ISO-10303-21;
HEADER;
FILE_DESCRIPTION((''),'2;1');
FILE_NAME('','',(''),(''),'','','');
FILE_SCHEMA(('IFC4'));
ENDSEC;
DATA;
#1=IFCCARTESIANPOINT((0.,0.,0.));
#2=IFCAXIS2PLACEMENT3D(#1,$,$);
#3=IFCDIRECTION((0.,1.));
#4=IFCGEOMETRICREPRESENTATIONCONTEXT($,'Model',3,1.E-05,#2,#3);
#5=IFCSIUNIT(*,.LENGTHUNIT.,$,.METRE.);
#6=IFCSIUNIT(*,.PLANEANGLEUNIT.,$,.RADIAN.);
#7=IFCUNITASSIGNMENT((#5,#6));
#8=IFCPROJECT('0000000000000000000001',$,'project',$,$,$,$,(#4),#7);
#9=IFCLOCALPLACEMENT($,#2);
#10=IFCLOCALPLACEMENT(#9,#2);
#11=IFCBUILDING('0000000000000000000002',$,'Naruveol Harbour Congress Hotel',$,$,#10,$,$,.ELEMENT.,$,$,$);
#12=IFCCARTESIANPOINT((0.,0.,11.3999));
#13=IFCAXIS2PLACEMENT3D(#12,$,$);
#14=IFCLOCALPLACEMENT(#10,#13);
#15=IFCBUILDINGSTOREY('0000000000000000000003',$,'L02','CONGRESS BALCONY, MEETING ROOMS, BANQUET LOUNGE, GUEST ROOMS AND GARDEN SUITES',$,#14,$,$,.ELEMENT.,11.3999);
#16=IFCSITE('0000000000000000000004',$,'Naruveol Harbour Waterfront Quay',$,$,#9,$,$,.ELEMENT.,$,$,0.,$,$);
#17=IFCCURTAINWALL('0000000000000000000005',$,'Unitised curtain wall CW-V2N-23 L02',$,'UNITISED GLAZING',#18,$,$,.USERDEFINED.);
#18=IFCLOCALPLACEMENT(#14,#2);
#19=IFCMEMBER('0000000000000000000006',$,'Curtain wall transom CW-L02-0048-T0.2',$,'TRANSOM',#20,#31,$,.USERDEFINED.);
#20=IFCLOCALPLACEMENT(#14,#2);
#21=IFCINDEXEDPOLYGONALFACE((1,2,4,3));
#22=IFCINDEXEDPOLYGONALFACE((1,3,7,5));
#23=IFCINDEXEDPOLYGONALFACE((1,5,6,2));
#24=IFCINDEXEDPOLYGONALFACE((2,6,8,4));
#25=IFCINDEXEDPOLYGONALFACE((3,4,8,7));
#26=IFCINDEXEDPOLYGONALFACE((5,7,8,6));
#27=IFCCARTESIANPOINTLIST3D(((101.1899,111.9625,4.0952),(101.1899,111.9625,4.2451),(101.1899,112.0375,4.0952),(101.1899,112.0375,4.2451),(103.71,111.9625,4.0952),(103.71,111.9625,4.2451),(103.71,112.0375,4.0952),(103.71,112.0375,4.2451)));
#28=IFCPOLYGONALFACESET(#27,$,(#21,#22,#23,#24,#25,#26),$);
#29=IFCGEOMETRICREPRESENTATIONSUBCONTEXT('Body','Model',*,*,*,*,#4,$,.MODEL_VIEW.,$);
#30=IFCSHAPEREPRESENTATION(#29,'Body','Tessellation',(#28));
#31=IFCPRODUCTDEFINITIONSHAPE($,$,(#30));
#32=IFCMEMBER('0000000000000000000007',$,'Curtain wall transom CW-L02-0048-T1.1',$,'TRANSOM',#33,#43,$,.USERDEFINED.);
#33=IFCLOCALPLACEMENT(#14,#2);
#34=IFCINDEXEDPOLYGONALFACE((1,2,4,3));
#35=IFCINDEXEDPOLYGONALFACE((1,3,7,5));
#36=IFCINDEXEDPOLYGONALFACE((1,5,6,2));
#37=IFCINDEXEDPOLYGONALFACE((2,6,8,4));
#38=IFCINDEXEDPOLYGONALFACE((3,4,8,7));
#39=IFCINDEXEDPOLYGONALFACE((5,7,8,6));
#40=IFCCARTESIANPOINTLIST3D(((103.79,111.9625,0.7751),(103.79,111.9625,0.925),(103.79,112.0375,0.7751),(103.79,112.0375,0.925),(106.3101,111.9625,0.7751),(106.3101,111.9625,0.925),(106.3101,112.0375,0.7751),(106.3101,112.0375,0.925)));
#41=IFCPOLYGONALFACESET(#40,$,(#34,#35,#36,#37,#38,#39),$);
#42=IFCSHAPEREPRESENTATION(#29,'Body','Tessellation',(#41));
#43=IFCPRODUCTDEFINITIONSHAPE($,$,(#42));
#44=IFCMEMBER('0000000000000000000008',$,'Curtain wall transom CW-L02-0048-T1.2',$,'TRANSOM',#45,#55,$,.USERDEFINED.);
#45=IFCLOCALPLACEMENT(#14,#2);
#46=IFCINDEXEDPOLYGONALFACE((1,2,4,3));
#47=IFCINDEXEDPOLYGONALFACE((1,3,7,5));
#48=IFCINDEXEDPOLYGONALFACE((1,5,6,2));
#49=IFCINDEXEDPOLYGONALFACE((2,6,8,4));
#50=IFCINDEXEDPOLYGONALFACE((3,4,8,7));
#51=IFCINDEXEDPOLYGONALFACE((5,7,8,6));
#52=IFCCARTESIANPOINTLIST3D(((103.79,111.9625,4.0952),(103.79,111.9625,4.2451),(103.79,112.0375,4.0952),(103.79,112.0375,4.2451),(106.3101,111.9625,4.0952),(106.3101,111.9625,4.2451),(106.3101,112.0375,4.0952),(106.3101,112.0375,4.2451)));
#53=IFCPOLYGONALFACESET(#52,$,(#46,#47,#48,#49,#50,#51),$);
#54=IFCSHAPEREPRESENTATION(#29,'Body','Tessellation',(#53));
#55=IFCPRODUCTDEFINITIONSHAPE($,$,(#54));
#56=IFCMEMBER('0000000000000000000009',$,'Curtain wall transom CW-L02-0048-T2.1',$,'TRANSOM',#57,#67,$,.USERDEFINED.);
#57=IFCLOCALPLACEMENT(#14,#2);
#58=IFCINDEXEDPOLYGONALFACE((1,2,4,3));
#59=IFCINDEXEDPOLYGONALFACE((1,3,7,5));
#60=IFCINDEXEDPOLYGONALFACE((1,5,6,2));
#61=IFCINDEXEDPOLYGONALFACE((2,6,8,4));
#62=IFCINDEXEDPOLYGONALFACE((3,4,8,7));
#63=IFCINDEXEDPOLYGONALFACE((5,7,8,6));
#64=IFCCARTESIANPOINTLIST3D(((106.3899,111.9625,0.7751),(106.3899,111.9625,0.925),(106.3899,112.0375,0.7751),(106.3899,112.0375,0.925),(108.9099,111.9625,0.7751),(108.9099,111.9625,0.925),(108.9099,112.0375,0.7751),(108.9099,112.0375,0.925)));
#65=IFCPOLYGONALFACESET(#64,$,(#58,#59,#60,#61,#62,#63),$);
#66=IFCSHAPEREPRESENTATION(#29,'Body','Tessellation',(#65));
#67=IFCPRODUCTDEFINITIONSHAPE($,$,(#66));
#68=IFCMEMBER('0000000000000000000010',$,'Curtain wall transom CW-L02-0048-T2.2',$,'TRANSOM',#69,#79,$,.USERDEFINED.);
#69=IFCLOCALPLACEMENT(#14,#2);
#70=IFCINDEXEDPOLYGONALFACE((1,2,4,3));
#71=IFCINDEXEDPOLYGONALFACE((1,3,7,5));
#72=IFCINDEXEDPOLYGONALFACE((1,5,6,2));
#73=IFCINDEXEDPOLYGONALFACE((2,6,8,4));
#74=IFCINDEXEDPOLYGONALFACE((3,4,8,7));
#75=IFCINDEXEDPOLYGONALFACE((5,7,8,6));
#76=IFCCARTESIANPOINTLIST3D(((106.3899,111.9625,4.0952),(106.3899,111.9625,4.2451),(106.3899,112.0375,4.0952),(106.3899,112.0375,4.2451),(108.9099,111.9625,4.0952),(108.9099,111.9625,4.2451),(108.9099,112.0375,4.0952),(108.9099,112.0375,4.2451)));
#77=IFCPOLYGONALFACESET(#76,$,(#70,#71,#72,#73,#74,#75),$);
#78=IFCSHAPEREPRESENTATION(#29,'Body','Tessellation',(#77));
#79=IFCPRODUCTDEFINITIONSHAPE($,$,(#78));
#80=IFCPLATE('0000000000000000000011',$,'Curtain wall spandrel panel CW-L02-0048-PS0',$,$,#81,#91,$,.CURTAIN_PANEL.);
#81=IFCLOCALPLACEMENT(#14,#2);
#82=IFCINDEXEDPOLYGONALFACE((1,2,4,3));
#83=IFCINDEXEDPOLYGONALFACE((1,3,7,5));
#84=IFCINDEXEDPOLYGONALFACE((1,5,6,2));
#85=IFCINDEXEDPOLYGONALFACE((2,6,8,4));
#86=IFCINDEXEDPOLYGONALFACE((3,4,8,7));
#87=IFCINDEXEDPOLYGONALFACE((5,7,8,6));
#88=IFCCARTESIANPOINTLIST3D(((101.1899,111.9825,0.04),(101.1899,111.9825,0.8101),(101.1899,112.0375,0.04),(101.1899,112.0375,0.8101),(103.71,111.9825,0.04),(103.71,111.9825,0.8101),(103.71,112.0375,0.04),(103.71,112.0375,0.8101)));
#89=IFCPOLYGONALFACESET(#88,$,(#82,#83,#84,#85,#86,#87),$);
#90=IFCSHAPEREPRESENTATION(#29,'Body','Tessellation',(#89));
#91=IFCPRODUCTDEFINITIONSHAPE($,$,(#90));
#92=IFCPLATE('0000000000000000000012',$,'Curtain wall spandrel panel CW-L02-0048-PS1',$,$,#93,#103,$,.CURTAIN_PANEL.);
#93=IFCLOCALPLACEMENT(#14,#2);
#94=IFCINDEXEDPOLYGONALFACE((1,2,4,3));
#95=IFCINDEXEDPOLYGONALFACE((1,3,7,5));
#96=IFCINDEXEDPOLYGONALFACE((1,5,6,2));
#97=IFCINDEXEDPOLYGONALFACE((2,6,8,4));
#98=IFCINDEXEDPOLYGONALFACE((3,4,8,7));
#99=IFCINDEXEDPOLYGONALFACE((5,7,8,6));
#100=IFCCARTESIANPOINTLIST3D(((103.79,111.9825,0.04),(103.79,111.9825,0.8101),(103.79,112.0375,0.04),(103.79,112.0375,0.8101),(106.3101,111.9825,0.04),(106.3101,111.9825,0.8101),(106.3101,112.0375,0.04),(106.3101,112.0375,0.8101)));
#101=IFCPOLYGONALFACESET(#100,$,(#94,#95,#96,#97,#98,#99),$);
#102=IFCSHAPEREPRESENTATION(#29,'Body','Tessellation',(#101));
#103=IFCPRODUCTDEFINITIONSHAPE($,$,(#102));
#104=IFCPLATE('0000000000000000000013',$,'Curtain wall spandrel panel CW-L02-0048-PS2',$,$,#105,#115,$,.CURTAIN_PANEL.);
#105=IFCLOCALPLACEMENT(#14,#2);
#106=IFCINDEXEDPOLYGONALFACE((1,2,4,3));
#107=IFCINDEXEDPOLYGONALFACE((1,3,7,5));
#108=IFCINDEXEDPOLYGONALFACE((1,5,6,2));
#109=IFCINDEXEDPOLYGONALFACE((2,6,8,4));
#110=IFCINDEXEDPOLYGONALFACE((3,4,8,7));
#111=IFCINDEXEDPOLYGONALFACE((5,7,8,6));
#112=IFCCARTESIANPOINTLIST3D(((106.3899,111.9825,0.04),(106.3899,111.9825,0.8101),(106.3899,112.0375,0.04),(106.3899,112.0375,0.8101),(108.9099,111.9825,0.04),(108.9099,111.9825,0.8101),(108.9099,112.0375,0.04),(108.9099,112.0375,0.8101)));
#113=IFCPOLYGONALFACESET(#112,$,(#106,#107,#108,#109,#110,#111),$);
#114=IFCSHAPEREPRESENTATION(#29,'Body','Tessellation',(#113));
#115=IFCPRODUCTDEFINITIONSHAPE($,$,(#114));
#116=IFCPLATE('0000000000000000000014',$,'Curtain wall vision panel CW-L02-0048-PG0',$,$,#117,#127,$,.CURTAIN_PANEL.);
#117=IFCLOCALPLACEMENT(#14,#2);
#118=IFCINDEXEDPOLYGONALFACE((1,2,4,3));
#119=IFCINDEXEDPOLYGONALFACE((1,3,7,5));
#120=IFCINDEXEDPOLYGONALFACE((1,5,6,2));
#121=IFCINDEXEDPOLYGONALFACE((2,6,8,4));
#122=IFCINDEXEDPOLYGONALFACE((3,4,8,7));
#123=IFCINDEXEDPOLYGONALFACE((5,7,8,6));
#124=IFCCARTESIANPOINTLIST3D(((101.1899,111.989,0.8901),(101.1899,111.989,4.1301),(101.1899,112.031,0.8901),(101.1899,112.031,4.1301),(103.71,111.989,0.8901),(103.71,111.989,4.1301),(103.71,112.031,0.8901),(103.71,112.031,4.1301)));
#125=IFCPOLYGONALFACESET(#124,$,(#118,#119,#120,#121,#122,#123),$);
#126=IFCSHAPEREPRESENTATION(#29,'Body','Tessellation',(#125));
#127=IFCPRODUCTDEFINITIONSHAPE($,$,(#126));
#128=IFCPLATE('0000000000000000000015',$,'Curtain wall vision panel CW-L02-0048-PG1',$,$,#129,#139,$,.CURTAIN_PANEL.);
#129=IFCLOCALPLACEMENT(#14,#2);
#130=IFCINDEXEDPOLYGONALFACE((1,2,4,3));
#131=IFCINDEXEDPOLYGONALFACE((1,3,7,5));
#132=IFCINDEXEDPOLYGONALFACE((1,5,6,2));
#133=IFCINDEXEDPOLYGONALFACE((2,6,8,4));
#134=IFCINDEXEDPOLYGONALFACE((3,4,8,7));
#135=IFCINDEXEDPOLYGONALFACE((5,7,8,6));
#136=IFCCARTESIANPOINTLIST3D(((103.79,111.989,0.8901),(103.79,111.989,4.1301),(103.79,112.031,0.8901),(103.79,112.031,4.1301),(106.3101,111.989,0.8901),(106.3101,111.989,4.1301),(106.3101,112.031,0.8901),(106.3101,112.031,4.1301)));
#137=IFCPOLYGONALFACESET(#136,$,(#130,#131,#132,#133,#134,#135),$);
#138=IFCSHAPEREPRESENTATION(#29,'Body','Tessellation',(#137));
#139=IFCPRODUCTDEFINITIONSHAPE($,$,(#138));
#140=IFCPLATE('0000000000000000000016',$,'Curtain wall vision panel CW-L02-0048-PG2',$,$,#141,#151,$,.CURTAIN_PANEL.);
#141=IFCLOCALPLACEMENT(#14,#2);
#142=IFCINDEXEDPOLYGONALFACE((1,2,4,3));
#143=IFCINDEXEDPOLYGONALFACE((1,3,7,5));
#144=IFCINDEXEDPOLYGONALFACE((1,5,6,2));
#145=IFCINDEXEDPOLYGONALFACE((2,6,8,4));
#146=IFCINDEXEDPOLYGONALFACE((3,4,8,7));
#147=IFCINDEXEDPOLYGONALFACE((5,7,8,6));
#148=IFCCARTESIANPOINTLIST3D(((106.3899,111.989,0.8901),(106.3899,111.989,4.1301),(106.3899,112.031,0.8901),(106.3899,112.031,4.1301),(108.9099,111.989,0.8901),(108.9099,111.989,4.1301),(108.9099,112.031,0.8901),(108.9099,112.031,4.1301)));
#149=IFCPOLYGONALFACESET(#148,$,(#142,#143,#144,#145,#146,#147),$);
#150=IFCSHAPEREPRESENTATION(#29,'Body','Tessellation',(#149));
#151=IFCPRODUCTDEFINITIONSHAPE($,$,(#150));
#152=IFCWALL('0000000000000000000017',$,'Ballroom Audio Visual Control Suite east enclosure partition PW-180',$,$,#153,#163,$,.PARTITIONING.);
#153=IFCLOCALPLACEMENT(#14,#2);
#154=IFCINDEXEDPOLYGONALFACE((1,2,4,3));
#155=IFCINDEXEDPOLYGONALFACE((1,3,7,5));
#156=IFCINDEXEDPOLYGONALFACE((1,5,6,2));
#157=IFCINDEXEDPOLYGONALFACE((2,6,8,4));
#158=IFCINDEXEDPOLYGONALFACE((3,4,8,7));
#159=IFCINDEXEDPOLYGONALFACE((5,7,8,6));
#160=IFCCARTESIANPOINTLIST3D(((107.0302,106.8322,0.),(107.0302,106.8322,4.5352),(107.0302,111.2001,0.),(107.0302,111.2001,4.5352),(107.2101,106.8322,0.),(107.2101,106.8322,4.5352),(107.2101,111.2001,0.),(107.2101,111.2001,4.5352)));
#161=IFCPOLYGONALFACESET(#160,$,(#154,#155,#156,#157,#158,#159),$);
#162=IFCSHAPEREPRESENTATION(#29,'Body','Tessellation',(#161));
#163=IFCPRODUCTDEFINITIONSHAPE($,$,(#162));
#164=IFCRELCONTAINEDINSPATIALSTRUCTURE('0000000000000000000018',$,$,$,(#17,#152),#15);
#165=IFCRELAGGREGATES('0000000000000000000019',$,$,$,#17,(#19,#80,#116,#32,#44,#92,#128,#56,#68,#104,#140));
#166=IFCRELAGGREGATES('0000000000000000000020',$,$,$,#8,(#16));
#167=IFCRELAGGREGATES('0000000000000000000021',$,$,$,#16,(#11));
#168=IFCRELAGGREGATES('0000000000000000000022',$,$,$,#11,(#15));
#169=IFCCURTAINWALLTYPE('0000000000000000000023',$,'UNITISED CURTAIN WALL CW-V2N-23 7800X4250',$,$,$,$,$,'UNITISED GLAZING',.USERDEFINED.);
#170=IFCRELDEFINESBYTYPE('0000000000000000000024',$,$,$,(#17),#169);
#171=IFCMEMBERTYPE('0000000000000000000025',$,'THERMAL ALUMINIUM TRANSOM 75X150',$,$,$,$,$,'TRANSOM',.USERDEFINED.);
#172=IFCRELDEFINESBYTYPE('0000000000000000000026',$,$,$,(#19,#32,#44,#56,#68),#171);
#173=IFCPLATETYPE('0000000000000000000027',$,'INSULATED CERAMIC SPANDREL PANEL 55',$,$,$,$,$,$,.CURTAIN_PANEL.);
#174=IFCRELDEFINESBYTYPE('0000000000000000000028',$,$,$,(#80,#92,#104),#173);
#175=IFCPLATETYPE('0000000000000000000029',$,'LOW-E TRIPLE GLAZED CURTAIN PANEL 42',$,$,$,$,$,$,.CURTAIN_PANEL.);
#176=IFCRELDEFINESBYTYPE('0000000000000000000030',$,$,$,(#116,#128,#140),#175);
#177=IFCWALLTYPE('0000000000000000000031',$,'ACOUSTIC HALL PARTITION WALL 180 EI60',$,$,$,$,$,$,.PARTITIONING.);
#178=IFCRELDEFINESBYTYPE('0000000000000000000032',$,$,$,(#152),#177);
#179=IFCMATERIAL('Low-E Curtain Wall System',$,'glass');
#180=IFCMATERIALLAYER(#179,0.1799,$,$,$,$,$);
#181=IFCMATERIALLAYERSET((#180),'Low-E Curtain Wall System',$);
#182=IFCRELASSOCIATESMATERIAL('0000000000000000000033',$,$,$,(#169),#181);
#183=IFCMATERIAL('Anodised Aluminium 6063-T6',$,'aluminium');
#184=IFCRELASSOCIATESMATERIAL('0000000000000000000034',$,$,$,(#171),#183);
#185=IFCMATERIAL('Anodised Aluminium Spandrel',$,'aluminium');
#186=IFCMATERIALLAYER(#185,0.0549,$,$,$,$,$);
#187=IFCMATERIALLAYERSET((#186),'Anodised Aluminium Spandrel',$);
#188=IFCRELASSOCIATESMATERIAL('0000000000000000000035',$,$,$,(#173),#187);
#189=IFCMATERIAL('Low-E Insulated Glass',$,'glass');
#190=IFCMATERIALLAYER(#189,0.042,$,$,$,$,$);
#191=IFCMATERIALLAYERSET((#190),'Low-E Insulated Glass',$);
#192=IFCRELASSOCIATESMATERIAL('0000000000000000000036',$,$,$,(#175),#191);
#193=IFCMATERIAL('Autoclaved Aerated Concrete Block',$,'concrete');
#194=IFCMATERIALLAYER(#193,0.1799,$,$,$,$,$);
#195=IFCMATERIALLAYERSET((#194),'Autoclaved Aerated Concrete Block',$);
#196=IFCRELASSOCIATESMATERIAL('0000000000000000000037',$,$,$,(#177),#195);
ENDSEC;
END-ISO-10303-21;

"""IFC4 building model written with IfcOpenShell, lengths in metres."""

from ifc_helpers import new_model, si_unit, direction, frame, frame_2d, origin, origin_2d, place, context, subcontext, project, spatial, rectangle, extrude, material, layer, layer_set, material_profile, profile_set, type_object, element, aggregate, save


model = new_model("IFC4")

# Units and contexts
model_context = context("Model", 3, precision=1e-05, world=origin(), true_north=direction((0.0, 1.0)))
body_context = subcontext(model_context, "Body", "Model", "MODEL_VIEW")
ifc_project = project(units=[si_unit("LENGTHUNIT", "METRE"), si_unit("PLANEANGLEUNIT", "RADIAN")], contexts=[model_context])

# Site, building, storey
site_placement = place(None, origin())
site = spatial("IfcSite", under=ifc_project, at=site_placement, Name="Naruveol Harbour Waterfront Quay", CompositionType="ELEMENT", RefElevation=0.0)
building_placement = place(site_placement, origin())
building = spatial("IfcBuilding", under=site, at=building_placement, Name="Naruveol Harbour Congress Hotel", CompositionType="ELEMENT")
storey_placement = place(building_placement, frame((0.0, 0.0, 11.3999)))
storey = spatial("IfcBuildingStorey", under=building, at=storey_placement, Name="L02", Description="CONGRESS BALCONY, MEETING ROOMS, BANQUET LOUNGE, GUEST ROOMS AND GARDEN SUITES", CompositionType="ELEMENT", Elevation=11.3999)

# Curtain wall, members, plates
ifc_material_1 = material(Name="Low-E Curtain Wall System", Category="glass")
ifc_layer_1 = layer(ifc_material_1, 0.1799)
ifc_layer_set_1 = layer_set([ifc_layer_1], Name="Low-E Curtain Wall System")
curtain_wall_type = type_object("IfcCurtainWallType", Name="UNITISED CURTAIN WALL CW-V2N-23 7800X4250", ElementType="UNITISED GLAZING", PredefinedType="USERDEFINED", material=ifc_layer_set_1)
curtain_wall_placement = place(storey_placement, origin())
curtain_wall = element("IfcCurtainWall", 1, at=curtain_wall_placement, inside=storey, type_object=curtain_wall_type, Name="Unitised curtain wall CW-V2N-23 L02", ObjectType="UNITISED GLAZING", PredefinedType="USERDEFINED")
ifc_material_2 = material(Name="Anodised Aluminium 6063-T6", Category="aluminium")
ifc_material_profile_1 = material_profile(ifc_material_2, rectangle(XDim=0.075, YDim=0.1499, at=origin_2d()), Name="ALU-75x150")
ifc_profile_set_1 = profile_set([ifc_material_profile_1], Name="Anodised Aluminium 6063-T6")
member_type_1 = type_object("IfcMemberType", Name="THERMAL ALUMINIUM TRANSOM 75X150", ElementType="TRANSOM", PredefinedType="USERDEFINED", material=ifc_profile_set_1)
member_1_placement = place(storey_placement, frame((101.1899, 112.0, 4.1702), z_axis=(1.0, 0.0, 0.0), x_axis=(0.0, 1.0, 0.0)))
member_1 = element("IfcMember", 2, at=member_1_placement, type_object=member_type_1, Name="Curtain wall transom CW-L02-0048-T0.2", ObjectType="TRANSOM", PredefinedType="USERDEFINED", context=body_context, shape_type="SweptSolid", body=[
    extrude(rectangle(XDim=0.075, YDim=0.1499, at=origin_2d()), origin(), (0.0, 0.0, 1.0), 2.52),
])
member_2_placement = place(storey_placement, frame((103.79, 112.0, 0.8501), z_axis=(1.0, 0.0, 0.0), x_axis=(0.0, 1.0, 0.0)))
member_2 = element("IfcMember", 3, at=member_2_placement, type_object=member_type_1, Name="Curtain wall transom CW-L02-0048-T1.1", ObjectType="TRANSOM", PredefinedType="USERDEFINED", context=body_context, shape_type="SweptSolid", body=[
    extrude(rectangle(XDim=0.075, YDim=0.1499, at=origin_2d()), origin(), (0.0, 0.0, 1.0), 2.52),
])
member_3_placement = place(storey_placement, frame((103.79, 112.0, 4.1702), z_axis=(1.0, 0.0, 0.0), x_axis=(0.0, 1.0, 0.0)))
member_3 = element("IfcMember", 4, at=member_3_placement, type_object=member_type_1, Name="Curtain wall transom CW-L02-0048-T1.2", ObjectType="TRANSOM", PredefinedType="USERDEFINED", context=body_context, shape_type="SweptSolid", body=[
    extrude(rectangle(XDim=0.075, YDim=0.1499, at=origin_2d()), origin(), (0.0, 0.0, 1.0), 2.52),
])
member_4_placement = place(storey_placement, frame((106.3899, 112.0, 0.8501), z_axis=(1.0, 0.0, 0.0), x_axis=(0.0, 1.0, 0.0)))
member_4 = element("IfcMember", 5, at=member_4_placement, type_object=member_type_1, Name="Curtain wall transom CW-L02-0048-T2.1", ObjectType="TRANSOM", PredefinedType="USERDEFINED", context=body_context, shape_type="SweptSolid", body=[
    extrude(rectangle(XDim=0.075, YDim=0.1499, at=origin_2d()), origin(), (0.0, 0.0, 1.0), 2.52),
])
member_5_placement = place(storey_placement, frame((106.3899, 112.0, 4.1702), z_axis=(1.0, 0.0, 0.0), x_axis=(0.0, 1.0, 0.0)))
member_5 = element("IfcMember", 6, at=member_5_placement, type_object=member_type_1, Name="Curtain wall transom CW-L02-0048-T2.2", ObjectType="TRANSOM", PredefinedType="USERDEFINED", context=body_context, shape_type="SweptSolid", body=[
    extrude(rectangle(XDim=0.075, YDim=0.1499, at=origin_2d()), origin(), (0.0, 0.0, 1.0), 2.52),
])
ifc_material_3 = material(Name="Anodised Aluminium Spandrel", Category="aluminium")
ifc_layer_2 = layer(ifc_material_3, 0.0549)
ifc_layer_set_2 = layer_set([ifc_layer_2], Name="Anodised Aluminium Spandrel")
plate_type_1 = type_object("IfcPlateType", Name="INSULATED CERAMIC SPANDREL PANEL 55", PredefinedType="CURTAIN_PANEL", material=ifc_layer_set_2)
plate_1_placement = place(storey_placement, frame((102.45, 112.01, 0.04), z_axis=(0.0, 0.0, 1.0), x_axis=(1.0, 0.0, 0.0)))
plate_1 = element("IfcPlate", 7, at=plate_1_placement, type_object=plate_type_1, Name="Curtain wall spandrel panel CW-L02-0048-PS0", PredefinedType="CURTAIN_PANEL", context=body_context, shape_type="SweptSolid", body=[
    extrude(rectangle(XDim=2.52, YDim=0.0549, at=origin_2d()), origin(), (0.0, 0.0, 1.0), 0.77),
])
plate_2_placement = place(storey_placement, frame((105.05, 112.01, 0.04), z_axis=(0.0, 0.0, 1.0), x_axis=(1.0, 0.0, 0.0)))
plate_2 = element("IfcPlate", 8, at=plate_2_placement, type_object=plate_type_1, Name="Curtain wall spandrel panel CW-L02-0048-PS1", PredefinedType="CURTAIN_PANEL", context=body_context, shape_type="SweptSolid", body=[
    extrude(rectangle(XDim=2.52, YDim=0.0549, at=origin_2d()), origin(), (0.0, 0.0, 1.0), 0.77),
])
plate_3_placement = place(storey_placement, frame((107.6499, 112.01, 0.04), z_axis=(0.0, 0.0, 1.0), x_axis=(1.0, 0.0, 0.0)))
plate_3 = element("IfcPlate", 9, at=plate_3_placement, type_object=plate_type_1, Name="Curtain wall spandrel panel CW-L02-0048-PS2", PredefinedType="CURTAIN_PANEL", context=body_context, shape_type="SweptSolid", body=[
    extrude(rectangle(XDim=2.52, YDim=0.0549, at=origin_2d()), origin(), (0.0, 0.0, 1.0), 0.77),
])
ifc_material_4 = material(Name="Low-E Insulated Glass", Category="glass")
ifc_layer_3 = layer(ifc_material_4, 0.042)
ifc_layer_set_3 = layer_set([ifc_layer_3], Name="Low-E Insulated Glass")
plate_type_2 = type_object("IfcPlateType", Name="LOW-E TRIPLE GLAZED CURTAIN PANEL 42", PredefinedType="CURTAIN_PANEL", material=ifc_layer_set_3)
plate_4_placement = place(storey_placement, frame((102.45, 112.01, 0.8901), z_axis=(0.0, 0.0, 1.0), x_axis=(1.0, 0.0, 0.0)))
plate_4 = element("IfcPlate", 10, at=plate_4_placement, type_object=plate_type_2, Name="Curtain wall vision panel CW-L02-0048-PG0", PredefinedType="CURTAIN_PANEL", context=body_context, shape_type="SweptSolid", body=[
    extrude(rectangle(XDim=2.52, YDim=0.042, at=origin_2d()), origin(), (0.0, 0.0, 1.0), 3.24),
])
plate_5_placement = place(storey_placement, frame((105.05, 112.01, 0.8901), z_axis=(0.0, 0.0, 1.0), x_axis=(1.0, 0.0, 0.0)))
plate_5 = element("IfcPlate", 11, at=plate_5_placement, type_object=plate_type_2, Name="Curtain wall vision panel CW-L02-0048-PG1", PredefinedType="CURTAIN_PANEL", context=body_context, shape_type="SweptSolid", body=[
    extrude(rectangle(XDim=2.52, YDim=0.042, at=origin_2d()), origin(), (0.0, 0.0, 1.0), 3.24),
])
plate_6_placement = place(storey_placement, frame((107.6499, 112.01, 0.8901), z_axis=(0.0, 0.0, 1.0), x_axis=(1.0, 0.0, 0.0)))
plate_6 = element("IfcPlate", 12, at=plate_6_placement, type_object=plate_type_2, Name="Curtain wall vision panel CW-L02-0048-PG2", PredefinedType="CURTAIN_PANEL", context=body_context, shape_type="SweptSolid", body=[
    extrude(rectangle(XDim=2.52, YDim=0.042, at=origin_2d()), origin(), (0.0, 0.0, 1.0), 3.24),
])
aggregate(curtain_wall, [member_1, plate_1, plate_4, member_2, member_3, plate_2, plate_5, member_4, member_5, plate_3, plate_6])

# Wall
ifc_material_5 = material(Name="Autoclaved Aerated Concrete Block", Category="concrete")
ifc_layer_4 = layer(ifc_material_5, 0.1799)
ifc_layer_set_4 = layer_set([ifc_layer_4], Name="Autoclaved Aerated Concrete Block")
wall_type_1 = type_object("IfcWallType", Name="ACOUSTIC HALL PARTITION WALL 180 EI60", PredefinedType="PARTITIONING", material=ifc_layer_set_4)
wall_1_placement = place(storey_placement, frame((107.1201, 106.832, 0.0), z_axis=(0.0, 0.0, 1.0), x_axis=(0.0, 1.0, 0.0)))
element("IfcWall", 13, at=wall_1_placement, inside=storey, type_object=wall_type_1, Name="Ballroom Audio Visual Control Suite east enclosure partition PW-180", PredefinedType="PARTITIONING", context=body_context, shape_type="SweptSolid", body=[
    extrude(rectangle(XDim=4.3679, YDim=0.1799, at=frame_2d((2.1841, 0.0))), origin(), (0.0, 0.0, 1.0), 4.5352),
])

save(model, "model.ifc")
